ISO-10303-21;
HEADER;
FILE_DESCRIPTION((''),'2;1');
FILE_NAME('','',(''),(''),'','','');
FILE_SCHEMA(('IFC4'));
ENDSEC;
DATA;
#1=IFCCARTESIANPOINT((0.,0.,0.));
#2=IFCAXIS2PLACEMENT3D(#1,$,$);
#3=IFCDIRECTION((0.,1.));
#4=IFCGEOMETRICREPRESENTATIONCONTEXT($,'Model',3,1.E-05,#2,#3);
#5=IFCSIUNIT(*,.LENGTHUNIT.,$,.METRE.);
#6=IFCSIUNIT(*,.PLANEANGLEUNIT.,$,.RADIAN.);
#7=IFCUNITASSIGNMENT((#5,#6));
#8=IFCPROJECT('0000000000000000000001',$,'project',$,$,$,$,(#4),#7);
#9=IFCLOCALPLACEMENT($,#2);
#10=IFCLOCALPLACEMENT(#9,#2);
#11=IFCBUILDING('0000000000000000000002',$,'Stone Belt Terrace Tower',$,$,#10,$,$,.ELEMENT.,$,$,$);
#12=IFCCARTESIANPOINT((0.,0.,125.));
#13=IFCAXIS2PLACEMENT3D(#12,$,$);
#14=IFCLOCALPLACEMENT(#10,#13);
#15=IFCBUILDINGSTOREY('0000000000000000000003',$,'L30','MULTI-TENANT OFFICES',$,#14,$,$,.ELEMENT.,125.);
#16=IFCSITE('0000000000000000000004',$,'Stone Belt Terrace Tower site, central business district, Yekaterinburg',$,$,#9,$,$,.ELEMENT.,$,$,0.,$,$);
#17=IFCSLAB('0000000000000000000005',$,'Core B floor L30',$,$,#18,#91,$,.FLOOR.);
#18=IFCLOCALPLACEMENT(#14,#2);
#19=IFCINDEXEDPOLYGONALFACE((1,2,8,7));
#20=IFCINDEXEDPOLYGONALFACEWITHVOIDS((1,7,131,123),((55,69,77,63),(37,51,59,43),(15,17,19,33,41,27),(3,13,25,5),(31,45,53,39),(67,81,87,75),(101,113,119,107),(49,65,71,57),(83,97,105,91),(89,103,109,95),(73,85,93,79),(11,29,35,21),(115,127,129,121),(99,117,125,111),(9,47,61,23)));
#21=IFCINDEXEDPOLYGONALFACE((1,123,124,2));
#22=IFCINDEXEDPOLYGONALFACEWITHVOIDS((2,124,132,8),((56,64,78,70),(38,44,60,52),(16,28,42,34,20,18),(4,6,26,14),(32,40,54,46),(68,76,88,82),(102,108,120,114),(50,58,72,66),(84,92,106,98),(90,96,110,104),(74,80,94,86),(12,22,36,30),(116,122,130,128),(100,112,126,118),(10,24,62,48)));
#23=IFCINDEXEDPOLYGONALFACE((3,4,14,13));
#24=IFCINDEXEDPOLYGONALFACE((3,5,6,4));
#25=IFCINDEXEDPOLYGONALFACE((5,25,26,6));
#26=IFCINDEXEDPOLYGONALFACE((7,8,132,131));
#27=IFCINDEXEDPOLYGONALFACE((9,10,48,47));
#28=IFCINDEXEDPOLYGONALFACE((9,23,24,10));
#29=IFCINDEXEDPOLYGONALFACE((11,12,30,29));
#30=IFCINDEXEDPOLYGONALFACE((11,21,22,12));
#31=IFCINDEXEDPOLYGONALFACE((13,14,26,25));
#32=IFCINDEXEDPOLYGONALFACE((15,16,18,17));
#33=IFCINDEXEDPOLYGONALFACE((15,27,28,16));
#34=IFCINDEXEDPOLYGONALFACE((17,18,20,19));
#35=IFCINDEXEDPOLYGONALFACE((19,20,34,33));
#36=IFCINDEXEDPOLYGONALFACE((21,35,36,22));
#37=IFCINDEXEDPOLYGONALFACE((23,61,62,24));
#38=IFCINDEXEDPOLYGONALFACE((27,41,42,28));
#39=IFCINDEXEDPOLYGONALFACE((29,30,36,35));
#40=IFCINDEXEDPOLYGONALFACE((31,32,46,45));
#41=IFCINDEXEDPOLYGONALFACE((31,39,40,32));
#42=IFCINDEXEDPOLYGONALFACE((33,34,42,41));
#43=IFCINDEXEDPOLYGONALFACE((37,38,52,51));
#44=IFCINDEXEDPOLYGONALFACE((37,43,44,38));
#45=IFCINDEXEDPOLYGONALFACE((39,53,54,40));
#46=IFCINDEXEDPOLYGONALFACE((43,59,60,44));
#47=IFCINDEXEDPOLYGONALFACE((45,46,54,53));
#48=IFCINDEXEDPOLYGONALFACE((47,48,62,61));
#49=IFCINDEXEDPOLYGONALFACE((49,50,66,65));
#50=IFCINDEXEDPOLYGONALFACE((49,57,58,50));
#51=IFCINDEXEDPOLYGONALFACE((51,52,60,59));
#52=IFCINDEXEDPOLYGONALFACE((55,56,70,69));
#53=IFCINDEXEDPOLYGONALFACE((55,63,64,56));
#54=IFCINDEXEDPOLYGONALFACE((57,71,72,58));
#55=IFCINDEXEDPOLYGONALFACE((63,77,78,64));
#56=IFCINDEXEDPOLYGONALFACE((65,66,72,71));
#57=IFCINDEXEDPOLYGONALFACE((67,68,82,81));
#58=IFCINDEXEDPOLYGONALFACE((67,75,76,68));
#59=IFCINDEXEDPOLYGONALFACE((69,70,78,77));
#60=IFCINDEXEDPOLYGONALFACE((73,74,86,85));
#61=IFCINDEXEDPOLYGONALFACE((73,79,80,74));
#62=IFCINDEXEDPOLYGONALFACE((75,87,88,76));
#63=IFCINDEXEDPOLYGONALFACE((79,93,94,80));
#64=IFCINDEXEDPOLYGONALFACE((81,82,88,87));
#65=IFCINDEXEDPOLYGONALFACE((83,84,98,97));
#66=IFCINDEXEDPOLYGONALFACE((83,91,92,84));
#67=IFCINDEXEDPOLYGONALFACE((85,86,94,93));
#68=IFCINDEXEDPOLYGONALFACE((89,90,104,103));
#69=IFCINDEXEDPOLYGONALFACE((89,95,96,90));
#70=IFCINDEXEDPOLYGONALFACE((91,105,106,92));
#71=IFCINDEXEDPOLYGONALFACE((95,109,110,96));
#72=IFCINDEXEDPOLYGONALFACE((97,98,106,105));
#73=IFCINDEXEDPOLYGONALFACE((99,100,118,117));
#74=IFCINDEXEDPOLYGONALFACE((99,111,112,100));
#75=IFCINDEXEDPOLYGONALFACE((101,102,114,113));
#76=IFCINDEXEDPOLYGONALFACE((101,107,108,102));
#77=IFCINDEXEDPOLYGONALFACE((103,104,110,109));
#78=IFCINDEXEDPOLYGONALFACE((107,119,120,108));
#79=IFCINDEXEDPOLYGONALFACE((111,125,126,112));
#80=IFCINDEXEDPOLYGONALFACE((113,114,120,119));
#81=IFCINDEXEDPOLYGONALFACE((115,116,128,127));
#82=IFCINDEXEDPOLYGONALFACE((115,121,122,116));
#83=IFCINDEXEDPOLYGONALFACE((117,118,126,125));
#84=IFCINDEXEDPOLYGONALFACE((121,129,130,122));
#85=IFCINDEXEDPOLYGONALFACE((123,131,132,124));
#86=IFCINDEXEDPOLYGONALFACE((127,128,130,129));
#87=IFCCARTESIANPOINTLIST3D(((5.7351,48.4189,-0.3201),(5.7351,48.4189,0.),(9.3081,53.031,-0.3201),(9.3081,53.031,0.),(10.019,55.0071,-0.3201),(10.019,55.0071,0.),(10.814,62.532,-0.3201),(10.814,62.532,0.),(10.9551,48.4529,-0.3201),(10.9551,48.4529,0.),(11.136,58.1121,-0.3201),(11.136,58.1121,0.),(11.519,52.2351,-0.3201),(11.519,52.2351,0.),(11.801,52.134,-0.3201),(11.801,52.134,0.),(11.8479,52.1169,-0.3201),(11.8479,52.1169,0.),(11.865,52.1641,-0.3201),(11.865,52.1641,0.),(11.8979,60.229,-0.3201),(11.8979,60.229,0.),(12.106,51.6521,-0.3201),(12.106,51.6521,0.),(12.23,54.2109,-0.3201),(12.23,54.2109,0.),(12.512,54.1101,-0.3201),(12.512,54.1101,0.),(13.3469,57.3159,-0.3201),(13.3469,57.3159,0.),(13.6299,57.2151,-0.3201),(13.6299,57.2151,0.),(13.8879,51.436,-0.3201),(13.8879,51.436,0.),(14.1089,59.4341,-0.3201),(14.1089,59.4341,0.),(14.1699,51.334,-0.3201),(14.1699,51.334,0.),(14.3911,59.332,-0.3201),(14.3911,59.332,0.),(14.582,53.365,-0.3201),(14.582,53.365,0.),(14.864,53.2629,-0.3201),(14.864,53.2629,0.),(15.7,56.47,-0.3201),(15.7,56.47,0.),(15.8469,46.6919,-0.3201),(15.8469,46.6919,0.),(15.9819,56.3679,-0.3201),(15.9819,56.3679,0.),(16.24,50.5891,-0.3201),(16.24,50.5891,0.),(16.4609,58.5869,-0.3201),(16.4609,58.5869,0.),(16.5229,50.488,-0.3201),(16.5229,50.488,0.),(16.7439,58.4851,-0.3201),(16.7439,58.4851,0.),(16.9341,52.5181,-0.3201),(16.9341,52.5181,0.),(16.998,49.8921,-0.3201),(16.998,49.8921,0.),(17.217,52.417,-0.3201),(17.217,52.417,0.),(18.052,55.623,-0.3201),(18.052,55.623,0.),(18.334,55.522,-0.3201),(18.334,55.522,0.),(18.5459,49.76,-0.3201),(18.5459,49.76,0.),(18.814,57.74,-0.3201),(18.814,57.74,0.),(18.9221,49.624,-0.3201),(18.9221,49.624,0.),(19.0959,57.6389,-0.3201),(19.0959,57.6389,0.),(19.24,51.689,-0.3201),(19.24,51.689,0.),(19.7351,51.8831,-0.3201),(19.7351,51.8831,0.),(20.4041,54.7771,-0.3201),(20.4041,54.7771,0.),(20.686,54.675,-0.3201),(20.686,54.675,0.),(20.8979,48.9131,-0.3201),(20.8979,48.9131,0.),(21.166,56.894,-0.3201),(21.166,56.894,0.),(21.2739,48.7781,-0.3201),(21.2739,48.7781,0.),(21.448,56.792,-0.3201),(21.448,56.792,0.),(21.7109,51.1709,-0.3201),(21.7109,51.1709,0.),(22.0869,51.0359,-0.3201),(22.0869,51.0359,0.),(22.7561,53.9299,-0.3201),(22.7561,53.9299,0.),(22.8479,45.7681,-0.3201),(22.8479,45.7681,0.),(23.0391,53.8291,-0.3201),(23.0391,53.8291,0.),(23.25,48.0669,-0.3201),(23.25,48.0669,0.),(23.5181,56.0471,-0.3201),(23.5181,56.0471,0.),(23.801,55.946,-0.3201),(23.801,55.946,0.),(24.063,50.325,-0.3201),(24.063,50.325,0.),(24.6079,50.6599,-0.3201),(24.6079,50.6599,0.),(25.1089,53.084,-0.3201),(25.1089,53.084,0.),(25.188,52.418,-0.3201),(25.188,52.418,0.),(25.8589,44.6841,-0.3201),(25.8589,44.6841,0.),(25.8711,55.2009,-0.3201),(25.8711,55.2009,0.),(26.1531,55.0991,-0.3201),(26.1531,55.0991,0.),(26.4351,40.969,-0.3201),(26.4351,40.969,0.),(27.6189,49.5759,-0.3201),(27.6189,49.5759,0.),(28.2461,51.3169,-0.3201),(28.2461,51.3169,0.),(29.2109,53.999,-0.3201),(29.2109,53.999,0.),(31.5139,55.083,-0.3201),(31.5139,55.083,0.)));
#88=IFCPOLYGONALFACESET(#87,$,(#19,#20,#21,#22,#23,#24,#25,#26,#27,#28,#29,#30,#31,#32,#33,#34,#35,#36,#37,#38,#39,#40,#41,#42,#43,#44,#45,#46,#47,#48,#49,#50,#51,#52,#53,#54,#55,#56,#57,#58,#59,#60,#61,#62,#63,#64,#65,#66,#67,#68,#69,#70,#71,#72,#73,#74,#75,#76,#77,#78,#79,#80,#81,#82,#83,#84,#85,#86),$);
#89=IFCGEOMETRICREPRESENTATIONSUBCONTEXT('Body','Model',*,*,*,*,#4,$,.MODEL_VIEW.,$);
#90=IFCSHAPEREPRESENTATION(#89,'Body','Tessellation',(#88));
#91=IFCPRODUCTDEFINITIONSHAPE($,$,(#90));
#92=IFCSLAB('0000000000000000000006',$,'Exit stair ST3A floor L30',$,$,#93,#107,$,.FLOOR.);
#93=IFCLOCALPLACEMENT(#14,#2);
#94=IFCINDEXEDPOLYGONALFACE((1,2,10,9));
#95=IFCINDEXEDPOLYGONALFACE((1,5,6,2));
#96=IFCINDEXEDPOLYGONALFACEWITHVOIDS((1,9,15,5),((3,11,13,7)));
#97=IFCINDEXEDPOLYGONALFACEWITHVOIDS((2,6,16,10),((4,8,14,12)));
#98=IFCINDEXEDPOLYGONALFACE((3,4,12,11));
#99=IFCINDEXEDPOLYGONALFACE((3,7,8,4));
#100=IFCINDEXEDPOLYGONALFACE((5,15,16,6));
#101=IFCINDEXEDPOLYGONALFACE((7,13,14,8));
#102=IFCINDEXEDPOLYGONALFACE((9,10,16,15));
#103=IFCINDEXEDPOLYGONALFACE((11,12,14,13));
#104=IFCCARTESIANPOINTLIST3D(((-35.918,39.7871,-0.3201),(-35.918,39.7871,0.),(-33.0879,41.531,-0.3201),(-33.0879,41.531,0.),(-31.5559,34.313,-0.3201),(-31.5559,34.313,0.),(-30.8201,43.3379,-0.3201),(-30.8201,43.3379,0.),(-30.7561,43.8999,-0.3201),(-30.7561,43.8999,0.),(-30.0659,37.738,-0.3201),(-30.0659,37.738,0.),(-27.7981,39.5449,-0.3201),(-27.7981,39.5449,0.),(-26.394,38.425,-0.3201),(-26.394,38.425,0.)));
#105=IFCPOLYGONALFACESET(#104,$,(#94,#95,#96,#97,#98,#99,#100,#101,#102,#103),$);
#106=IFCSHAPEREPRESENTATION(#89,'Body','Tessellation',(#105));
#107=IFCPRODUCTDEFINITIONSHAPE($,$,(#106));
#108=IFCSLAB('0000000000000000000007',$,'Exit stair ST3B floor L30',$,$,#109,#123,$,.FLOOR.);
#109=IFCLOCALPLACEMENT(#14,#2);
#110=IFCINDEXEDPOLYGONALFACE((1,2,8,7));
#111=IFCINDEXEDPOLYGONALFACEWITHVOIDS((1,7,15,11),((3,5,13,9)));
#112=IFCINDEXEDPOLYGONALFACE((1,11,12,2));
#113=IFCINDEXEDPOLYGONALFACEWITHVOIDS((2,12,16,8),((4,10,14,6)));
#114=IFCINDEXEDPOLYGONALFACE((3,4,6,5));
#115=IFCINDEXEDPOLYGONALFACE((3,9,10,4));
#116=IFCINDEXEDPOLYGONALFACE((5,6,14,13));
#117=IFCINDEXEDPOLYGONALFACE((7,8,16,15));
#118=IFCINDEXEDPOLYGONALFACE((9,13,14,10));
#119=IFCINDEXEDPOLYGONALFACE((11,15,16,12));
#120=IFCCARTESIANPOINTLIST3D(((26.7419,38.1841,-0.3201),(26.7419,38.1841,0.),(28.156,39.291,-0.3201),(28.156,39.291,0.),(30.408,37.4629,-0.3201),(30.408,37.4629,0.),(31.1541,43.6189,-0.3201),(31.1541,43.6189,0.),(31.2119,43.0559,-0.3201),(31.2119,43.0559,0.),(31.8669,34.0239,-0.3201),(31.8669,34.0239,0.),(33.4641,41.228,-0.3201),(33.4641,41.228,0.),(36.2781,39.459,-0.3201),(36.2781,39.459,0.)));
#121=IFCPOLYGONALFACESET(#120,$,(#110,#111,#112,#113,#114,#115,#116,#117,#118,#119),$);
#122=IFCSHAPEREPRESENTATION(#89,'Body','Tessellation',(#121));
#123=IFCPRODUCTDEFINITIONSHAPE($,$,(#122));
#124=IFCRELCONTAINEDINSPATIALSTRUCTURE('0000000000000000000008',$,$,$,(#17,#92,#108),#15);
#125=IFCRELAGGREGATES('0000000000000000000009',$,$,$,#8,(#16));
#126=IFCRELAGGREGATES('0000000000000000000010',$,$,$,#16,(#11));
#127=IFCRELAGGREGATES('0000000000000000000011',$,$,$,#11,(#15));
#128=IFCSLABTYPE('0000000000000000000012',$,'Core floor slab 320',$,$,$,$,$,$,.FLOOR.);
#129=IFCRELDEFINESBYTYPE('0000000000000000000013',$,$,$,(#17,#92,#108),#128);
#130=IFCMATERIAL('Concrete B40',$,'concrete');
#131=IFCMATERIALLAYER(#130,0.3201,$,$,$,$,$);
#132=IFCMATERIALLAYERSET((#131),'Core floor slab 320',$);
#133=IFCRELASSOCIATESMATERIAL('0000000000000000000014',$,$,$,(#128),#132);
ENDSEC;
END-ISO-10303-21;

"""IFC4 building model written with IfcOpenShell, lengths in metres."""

from ifc_helpers import new_model, si_unit, direction, frame, origin, place, context, subcontext, project, spatial, polyline, outline, extrude, material, layer, layer_set, type_object, element, save


model = new_model("IFC4")

# Units and contexts
model_context = context("Model", 3, precision=1e-05, world=origin(), true_north=direction((0.0, 1.0)))
body_context = subcontext(model_context, "Body", "Model", "MODEL_VIEW")
ifc_project = project(units=[si_unit("LENGTHUNIT", "METRE"), si_unit("PLANEANGLEUNIT", "RADIAN")], contexts=[model_context])

# Site, building, storey
site_placement = place(None, origin())
site = spatial("IfcSite", under=ifc_project, at=site_placement, Name="Stone Belt Terrace Tower site, central business district, Yekaterinburg", CompositionType="ELEMENT", RefElevation=0.0)
building_placement = place(site_placement, origin())
building = spatial("IfcBuilding", under=site, at=building_placement, Name="Stone Belt Terrace Tower", CompositionType="ELEMENT")
storey_placement = place(building_placement, frame((0.0, 0.0, 125.0)))
storey = spatial("IfcBuildingStorey", under=building, at=storey_placement, Name="L30", Description="MULTI-TENANT OFFICES", CompositionType="ELEMENT", Elevation=125.0)

# Slabs
ifc_material_1 = material(Name="Concrete B40", Category="concrete")
ifc_layer_1 = layer(ifc_material_1, 0.3201)
ifc_layer_set_1 = layer_set([ifc_layer_1], Name="Core floor slab 320")
slab_type_1 = type_object("IfcSlabType", Name="Core floor slab 320", PredefinedType="FLOOR", material=ifc_layer_set_1)
slab_1_placement = place(storey_placement, frame((0.0, 0.0, -0.3201)))
element("IfcSlab", 1, at=slab_1_placement, inside=storey, type_object=slab_type_1, Name="Core B floor L30", PredefinedType="FLOOR", context=body_context, shape_type="SweptSolid", body=[
    extrude(outline(polyline([(26.4351, 40.969), (31.5139, 55.083), (10.814, 62.532), (5.7351, 48.4189), (26.4351, 40.969)]), holes=[polyline([(12.106, 51.6521), (16.998, 49.8921), (15.8469, 46.6919), (10.9551, 48.4529), (12.106, 51.6521)]), polyline([(19.24, 51.689), (18.5459, 49.76), (16.5229, 50.488), (17.217, 52.417), (19.24, 51.689)]), polyline([(16.24, 50.5891), (14.1699, 51.334), (14.864, 53.2629), (16.9341, 52.5181), (16.24, 50.5891)]), polyline([(14.582, 53.365), (13.8879, 51.436), (11.865, 52.1641), (11.8479, 52.1169), (11.801, 52.134), (12.512, 54.1101), (14.582, 53.365)]), polyline([(9.3081, 53.031), (10.019, 55.0071), (12.23, 54.2109), (11.519, 52.2351), (9.3081, 53.031)]), polyline([(16.7439, 58.4851), (18.814, 57.74), (18.052, 55.623), (15.9819, 56.3679), (16.7439, 58.4851)]), polyline([(14.3911, 59.332), (16.4609, 58.5869), (15.7, 56.47), (13.6299, 57.2151), (14.3911, 59.332)]), polyline([(11.8979, 60.229), (14.1089, 59.4341), (13.3469, 57.3159), (11.136, 58.1121), (11.8979, 60.229)]), polyline([(25.8589, 44.6841), (22.8479, 45.7681), (24.6079, 50.6599), (27.6189, 49.5759), (25.8589, 44.6841)]), polyline([(21.2739, 48.7781), (22.0869, 51.0359), (24.063, 50.325), (23.25, 48.0669), (21.2739, 48.7781)]), polyline([(18.9221, 49.624), (19.7351, 51.8831), (21.7109, 51.1709), (20.8979, 48.9131), (18.9221, 49.624)]), polyline([(29.2109, 53.999), (28.2461, 51.3169), (25.188, 52.418), (26.1531, 55.0991), (29.2109, 53.999)]), polyline([(23.801, 55.946), (25.8711, 55.2009), (25.1089, 53.084), (23.0391, 53.8291), (23.801, 55.946)]), polyline([(21.448, 56.792), (23.5181, 56.0471), (22.7561, 53.9299), (20.686, 54.675), (21.448, 56.792)]), polyline([(19.0959, 57.6389), (21.166, 56.894), (20.4041, 54.7771), (18.334, 55.522), (19.0959, 57.6389)])]), origin(), (0.0, 0.0, 1.0), 0.3201),
])
slab_2_placement = place(storey_placement, frame((0.0, 0.0, -0.3201)))
element("IfcSlab", 2, at=slab_2_placement, inside=storey, type_object=slab_type_1, Name="Exit stair ST3A floor L30", PredefinedType="FLOOR", context=body_context, shape_type="SweptSolid", body=[
    extrude(outline(polyline([(-26.394, 38.425), (-30.7561, 43.8999), (-35.918, 39.7871), (-31.5559, 34.313), (-26.394, 38.425)]), holes=[polyline([(-27.7981, 39.5449), (-30.0659, 37.738), (-33.0879, 41.531), (-30.8201, 43.3379), (-27.7981, 39.5449)])]), origin(), (0.0, 0.0, 1.0), 0.3201),
])
slab_3_placement = place(storey_placement, frame((0.0, 0.0, -0.3201)))
element("IfcSlab", 3, at=slab_3_placement, inside=storey, type_object=slab_type_1, Name="Exit stair ST3B floor L30", PredefinedType="FLOOR", context=body_context, shape_type="SweptSolid", body=[
    extrude(outline(polyline([(26.7419, 38.1841), (31.8669, 34.0239), (36.2781, 39.459), (31.1541, 43.6189), (26.7419, 38.1841)]), holes=[polyline([(30.408, 37.4629), (28.156, 39.291), (31.2119, 43.0559), (33.4641, 41.228), (30.408, 37.4629)])]), origin(), (0.0, 0.0, 1.0), 0.3201),
])

save(model, "model.ifc")
